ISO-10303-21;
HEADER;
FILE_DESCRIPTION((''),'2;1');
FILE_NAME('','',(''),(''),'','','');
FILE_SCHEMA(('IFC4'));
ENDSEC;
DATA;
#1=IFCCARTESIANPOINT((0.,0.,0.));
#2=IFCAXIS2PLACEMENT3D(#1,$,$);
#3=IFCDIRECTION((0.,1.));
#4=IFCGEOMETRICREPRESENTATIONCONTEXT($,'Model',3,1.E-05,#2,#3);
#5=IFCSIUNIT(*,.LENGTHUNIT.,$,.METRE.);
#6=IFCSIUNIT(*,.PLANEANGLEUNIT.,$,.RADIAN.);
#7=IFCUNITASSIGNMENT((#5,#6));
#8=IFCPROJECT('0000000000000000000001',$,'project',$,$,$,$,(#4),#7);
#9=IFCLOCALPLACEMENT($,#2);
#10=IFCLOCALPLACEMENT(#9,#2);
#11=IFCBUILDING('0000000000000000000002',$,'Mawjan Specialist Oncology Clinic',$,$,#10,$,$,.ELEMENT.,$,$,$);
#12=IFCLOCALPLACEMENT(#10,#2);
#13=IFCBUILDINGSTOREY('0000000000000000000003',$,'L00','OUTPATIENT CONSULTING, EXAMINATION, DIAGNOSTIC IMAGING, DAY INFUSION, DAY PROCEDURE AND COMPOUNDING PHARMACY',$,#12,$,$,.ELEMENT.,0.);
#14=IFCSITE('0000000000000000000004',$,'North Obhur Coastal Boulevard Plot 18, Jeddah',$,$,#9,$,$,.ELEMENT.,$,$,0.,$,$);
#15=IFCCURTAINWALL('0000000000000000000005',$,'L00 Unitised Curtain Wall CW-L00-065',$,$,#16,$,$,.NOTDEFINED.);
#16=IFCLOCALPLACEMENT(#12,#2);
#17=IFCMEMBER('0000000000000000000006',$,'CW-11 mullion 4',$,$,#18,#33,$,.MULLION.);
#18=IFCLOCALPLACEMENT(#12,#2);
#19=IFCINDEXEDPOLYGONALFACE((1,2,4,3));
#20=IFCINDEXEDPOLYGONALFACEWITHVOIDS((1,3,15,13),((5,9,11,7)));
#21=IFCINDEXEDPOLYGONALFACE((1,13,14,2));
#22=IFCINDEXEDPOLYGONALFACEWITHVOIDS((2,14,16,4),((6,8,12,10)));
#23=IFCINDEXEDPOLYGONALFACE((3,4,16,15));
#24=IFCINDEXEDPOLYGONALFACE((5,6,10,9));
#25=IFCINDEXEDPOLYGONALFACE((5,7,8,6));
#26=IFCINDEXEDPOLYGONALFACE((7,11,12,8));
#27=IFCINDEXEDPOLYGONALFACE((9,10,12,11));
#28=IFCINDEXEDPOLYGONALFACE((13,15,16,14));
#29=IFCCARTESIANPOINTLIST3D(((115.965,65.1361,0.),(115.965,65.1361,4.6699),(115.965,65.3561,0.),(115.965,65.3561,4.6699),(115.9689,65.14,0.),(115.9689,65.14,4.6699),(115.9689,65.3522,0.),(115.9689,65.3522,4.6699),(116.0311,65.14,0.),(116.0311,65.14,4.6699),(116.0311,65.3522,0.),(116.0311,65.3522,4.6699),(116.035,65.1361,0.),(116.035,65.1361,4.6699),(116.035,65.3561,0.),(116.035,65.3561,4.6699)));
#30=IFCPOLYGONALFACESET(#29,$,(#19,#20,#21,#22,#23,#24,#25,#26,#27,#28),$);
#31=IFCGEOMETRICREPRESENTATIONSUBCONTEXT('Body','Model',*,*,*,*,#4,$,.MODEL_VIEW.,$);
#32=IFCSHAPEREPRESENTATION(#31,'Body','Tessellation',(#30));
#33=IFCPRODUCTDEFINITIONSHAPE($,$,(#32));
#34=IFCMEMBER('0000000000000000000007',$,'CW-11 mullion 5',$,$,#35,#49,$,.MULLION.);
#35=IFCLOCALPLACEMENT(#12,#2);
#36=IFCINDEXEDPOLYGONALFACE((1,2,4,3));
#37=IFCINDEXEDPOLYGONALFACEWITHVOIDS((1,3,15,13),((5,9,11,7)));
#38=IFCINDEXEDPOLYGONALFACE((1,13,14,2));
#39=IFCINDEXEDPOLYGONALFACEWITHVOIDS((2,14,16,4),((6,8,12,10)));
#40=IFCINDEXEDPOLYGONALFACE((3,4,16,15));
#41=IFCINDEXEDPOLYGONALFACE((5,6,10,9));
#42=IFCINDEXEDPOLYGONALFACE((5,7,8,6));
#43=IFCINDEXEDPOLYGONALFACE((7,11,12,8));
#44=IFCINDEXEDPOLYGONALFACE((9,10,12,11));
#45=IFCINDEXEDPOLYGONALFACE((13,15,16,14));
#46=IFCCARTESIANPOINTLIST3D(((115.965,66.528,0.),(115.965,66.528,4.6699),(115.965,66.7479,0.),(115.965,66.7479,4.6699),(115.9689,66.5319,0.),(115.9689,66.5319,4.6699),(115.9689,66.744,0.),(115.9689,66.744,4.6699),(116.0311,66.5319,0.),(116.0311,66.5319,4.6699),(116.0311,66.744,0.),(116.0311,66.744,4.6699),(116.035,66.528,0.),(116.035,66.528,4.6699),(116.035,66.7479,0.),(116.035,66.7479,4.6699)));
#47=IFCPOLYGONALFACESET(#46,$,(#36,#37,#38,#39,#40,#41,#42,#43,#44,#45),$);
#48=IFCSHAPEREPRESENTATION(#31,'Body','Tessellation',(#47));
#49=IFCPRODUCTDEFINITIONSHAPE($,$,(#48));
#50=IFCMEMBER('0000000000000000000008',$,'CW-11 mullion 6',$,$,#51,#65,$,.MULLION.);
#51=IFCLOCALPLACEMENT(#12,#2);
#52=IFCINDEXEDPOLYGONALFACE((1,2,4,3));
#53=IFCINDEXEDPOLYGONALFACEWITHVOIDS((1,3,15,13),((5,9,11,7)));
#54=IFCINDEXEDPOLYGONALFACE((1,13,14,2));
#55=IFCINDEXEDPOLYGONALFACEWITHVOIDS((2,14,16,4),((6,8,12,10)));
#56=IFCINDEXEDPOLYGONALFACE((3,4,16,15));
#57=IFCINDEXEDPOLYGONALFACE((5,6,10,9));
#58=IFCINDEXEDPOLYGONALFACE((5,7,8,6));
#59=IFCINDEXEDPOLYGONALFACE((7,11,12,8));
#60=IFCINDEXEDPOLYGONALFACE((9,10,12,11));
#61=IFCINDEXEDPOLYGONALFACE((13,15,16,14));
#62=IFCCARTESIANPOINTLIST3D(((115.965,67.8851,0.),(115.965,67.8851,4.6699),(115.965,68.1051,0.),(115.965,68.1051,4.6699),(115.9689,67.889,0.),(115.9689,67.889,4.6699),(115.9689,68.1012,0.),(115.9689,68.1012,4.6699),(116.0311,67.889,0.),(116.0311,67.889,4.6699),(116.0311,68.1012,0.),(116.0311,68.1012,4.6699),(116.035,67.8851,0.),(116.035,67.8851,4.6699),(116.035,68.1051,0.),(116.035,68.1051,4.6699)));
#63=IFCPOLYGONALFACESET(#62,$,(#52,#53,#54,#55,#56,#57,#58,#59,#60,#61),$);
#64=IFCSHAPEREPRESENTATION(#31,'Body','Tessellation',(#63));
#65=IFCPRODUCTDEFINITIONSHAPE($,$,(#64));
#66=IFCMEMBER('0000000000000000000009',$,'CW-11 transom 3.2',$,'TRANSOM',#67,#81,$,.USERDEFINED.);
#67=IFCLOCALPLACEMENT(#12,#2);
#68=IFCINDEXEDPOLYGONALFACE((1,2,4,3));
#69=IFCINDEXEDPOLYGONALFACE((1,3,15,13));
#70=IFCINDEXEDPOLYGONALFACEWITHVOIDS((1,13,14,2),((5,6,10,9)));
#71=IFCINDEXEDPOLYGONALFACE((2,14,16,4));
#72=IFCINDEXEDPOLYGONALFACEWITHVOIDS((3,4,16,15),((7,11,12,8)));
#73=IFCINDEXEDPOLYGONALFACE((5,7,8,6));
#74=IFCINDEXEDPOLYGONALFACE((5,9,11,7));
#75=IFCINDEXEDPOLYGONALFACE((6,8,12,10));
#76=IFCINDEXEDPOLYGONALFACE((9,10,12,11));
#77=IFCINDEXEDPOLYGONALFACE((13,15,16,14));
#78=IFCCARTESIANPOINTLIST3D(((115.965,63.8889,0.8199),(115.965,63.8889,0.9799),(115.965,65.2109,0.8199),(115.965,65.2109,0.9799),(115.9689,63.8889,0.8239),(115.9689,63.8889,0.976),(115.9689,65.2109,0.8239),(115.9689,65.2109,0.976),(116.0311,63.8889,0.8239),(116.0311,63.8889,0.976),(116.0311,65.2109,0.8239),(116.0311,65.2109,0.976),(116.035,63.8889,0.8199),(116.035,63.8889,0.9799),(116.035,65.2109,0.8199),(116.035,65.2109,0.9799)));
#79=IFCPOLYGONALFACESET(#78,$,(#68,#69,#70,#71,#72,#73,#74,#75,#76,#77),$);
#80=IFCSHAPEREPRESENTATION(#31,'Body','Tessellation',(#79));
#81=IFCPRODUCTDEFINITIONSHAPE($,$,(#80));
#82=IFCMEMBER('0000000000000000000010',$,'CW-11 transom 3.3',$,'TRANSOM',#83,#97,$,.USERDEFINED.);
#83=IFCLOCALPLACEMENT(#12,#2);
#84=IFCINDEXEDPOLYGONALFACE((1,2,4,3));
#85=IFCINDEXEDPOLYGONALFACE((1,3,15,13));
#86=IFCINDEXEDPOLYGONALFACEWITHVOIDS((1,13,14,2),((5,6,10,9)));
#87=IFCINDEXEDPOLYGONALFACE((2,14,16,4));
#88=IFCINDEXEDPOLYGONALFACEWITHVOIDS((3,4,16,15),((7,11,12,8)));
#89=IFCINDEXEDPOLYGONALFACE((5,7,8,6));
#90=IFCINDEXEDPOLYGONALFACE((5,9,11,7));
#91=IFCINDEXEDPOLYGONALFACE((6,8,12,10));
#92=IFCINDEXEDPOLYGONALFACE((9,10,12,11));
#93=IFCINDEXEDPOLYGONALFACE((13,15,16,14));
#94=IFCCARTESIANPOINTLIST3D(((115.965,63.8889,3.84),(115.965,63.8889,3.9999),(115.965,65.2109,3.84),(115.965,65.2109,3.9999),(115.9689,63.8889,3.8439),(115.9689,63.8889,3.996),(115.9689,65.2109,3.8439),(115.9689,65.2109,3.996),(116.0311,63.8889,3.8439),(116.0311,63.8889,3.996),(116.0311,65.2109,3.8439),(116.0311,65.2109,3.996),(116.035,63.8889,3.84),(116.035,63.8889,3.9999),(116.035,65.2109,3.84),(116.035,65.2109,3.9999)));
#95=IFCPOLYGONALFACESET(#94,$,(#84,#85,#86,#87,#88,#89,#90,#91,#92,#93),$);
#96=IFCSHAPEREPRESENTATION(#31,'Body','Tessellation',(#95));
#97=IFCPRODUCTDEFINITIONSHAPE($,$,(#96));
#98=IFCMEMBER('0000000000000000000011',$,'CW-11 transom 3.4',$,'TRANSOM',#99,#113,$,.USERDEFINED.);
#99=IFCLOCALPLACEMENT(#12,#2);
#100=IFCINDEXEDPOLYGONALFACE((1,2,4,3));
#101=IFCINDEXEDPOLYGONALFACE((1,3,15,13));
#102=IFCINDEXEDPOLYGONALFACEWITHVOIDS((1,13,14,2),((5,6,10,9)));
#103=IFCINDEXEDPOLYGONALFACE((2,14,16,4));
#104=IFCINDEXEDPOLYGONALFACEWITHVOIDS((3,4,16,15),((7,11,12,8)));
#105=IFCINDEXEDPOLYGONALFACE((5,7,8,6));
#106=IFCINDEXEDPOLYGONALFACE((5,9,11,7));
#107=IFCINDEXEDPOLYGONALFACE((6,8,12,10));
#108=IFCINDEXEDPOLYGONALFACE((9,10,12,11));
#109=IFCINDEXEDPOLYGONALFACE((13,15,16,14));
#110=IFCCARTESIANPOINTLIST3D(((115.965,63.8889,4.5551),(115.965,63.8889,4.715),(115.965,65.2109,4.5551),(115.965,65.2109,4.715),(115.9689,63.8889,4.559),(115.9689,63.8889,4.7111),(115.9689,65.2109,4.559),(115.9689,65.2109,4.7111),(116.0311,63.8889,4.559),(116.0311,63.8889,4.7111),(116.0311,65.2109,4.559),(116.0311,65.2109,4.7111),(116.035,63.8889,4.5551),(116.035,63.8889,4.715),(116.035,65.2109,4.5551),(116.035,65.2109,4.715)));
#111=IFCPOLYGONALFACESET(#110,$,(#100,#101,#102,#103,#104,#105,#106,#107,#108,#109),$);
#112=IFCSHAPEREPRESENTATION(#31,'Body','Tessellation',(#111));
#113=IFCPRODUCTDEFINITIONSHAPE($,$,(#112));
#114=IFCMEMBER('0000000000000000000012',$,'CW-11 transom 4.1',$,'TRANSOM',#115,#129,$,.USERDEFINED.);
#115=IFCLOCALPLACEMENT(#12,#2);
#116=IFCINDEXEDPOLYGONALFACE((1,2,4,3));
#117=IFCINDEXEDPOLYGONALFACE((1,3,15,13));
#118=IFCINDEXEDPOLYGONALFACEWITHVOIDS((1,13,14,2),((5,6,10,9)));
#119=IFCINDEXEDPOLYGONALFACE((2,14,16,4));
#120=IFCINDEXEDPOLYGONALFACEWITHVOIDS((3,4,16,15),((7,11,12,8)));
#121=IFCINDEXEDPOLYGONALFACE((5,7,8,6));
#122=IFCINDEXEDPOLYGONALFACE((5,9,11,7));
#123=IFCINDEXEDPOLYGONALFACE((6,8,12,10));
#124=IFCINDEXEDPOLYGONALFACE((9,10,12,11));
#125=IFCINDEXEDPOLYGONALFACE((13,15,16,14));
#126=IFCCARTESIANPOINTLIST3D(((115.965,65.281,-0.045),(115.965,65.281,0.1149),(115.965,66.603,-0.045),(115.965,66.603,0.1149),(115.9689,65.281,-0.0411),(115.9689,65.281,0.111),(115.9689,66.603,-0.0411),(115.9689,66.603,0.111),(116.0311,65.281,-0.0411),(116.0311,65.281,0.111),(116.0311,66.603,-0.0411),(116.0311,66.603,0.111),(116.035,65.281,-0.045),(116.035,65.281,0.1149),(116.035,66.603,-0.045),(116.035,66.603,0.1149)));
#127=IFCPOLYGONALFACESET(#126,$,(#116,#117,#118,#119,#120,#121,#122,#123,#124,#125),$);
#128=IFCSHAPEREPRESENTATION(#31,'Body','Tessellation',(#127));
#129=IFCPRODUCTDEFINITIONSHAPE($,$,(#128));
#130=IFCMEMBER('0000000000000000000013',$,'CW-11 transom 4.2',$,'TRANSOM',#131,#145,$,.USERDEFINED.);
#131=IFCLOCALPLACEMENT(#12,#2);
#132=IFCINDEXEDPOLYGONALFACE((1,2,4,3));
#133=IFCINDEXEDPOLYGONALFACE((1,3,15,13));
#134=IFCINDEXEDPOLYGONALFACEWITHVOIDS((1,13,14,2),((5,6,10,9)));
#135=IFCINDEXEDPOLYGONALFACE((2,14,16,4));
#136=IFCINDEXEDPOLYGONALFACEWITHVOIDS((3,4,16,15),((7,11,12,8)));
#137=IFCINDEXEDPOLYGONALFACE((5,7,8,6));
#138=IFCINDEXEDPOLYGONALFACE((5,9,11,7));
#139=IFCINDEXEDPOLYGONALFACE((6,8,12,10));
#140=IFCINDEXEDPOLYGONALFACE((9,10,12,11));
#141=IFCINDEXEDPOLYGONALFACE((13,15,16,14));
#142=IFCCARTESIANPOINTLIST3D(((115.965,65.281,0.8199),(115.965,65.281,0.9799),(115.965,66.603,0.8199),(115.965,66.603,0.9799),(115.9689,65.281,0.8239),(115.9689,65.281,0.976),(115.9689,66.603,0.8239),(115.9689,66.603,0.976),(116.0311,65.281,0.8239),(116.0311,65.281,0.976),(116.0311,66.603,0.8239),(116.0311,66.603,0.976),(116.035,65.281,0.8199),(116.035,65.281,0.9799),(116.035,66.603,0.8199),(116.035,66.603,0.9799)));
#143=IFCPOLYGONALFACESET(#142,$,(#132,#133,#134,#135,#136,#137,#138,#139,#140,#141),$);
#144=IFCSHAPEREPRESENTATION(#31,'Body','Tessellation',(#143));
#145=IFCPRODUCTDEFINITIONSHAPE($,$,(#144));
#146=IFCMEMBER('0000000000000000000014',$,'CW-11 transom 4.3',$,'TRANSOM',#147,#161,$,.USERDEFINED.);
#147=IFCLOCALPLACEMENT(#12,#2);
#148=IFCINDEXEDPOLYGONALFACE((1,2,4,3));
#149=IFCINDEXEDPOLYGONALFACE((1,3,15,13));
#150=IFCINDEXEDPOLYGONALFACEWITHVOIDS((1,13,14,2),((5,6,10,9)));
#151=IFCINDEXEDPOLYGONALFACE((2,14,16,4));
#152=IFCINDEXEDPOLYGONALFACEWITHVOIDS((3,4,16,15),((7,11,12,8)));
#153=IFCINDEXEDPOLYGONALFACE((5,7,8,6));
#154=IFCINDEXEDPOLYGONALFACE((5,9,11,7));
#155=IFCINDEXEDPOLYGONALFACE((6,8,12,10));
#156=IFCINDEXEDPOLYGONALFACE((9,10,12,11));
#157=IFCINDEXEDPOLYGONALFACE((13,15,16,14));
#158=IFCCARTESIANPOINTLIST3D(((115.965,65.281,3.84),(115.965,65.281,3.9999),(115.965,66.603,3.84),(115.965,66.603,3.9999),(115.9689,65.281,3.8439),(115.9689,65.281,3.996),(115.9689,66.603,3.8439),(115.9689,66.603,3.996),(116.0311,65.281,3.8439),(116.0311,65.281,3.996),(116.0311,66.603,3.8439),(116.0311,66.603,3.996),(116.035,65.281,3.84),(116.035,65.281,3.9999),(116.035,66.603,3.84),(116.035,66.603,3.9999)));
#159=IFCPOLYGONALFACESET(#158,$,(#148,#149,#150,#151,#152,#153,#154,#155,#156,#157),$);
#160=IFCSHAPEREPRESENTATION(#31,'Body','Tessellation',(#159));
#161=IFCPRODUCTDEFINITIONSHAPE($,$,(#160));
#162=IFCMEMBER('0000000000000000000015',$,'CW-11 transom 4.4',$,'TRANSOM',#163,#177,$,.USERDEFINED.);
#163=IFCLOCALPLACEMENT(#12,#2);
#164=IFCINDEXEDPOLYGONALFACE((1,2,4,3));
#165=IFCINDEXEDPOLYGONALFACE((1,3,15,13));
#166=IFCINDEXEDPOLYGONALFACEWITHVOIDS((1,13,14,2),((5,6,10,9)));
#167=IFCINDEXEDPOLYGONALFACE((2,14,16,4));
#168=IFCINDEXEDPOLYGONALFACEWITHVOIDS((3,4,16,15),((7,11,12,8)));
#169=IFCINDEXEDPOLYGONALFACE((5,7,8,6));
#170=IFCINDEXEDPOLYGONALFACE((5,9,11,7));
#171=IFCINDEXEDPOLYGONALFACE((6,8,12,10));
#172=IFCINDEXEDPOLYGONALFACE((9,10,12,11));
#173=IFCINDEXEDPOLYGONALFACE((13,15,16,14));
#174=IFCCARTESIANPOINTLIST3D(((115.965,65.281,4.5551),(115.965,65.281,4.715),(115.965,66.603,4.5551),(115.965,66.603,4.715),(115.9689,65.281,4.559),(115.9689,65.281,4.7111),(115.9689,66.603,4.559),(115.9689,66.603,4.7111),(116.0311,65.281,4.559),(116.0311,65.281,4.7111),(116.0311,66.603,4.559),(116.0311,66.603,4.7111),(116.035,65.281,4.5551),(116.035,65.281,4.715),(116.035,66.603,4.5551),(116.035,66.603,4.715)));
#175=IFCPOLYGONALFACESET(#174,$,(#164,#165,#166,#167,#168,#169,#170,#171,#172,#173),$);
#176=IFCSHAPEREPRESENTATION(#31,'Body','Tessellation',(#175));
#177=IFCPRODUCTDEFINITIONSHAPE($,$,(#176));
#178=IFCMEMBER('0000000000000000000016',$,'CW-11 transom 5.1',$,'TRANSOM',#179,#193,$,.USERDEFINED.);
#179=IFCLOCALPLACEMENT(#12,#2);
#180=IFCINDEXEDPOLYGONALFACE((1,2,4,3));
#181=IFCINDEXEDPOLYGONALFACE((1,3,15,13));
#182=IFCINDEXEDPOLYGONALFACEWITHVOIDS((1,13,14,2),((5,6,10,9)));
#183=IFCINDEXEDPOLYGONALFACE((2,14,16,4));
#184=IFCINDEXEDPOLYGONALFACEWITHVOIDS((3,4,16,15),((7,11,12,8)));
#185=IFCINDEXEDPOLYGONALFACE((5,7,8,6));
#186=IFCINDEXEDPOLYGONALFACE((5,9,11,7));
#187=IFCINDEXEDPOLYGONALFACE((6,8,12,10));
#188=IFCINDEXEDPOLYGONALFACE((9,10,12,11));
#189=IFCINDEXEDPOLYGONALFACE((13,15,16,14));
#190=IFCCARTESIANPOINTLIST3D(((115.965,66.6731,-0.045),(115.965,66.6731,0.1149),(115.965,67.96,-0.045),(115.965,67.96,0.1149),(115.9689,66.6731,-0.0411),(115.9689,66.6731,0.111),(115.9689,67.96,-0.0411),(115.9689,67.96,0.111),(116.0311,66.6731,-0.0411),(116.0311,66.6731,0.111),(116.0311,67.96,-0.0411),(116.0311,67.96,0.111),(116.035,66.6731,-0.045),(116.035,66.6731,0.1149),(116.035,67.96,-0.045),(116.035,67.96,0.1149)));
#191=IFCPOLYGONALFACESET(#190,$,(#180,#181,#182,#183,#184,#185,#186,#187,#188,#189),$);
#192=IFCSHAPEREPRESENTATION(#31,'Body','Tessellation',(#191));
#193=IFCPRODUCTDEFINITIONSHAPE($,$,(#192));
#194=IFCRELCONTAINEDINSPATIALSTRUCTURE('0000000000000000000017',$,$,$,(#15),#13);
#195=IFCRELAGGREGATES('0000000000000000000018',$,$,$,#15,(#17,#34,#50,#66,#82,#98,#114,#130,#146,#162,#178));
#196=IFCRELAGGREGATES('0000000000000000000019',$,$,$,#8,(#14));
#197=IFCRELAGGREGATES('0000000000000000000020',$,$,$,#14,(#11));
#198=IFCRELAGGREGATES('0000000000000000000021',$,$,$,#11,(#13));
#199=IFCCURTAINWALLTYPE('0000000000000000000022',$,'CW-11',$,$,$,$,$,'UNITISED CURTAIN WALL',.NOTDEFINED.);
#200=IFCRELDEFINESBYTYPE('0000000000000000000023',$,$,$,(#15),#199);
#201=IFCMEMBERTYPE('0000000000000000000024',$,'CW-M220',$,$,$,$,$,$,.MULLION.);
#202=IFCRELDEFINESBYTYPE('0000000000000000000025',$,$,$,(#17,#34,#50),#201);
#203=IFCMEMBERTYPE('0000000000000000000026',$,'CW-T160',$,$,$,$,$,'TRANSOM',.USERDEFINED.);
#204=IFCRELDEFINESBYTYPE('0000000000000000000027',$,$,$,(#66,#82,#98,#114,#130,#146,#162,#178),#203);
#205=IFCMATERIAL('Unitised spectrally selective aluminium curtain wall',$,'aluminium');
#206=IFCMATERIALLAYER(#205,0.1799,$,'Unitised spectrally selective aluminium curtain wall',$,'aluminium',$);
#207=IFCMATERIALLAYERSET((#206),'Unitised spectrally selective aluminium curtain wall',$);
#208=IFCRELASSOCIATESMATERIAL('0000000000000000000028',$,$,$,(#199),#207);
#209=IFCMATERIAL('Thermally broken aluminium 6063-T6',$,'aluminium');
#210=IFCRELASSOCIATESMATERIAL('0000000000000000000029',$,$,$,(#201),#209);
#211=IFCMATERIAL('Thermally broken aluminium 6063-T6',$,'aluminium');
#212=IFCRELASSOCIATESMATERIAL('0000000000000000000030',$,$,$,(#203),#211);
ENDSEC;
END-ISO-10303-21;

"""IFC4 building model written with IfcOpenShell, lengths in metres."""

from ifc_helpers import new_model, si_unit, direction, frame, origin, origin_2d, place, context, subcontext, project, spatial, hollow_rectangle, extrude, material, layer, layer_set, material_profile, profile_set, type_object, element, aggregate, save


model = new_model("IFC4")

# Units and contexts
model_context = context("Model", 3, precision=1e-05, world=origin(), true_north=direction((0.0, 1.0)))
body_context = subcontext(model_context, "Body", "Model", "MODEL_VIEW")
ifc_project = project(units=[si_unit("LENGTHUNIT", "METRE"), si_unit("PLANEANGLEUNIT", "RADIAN")], contexts=[model_context])

# Site, building, storey
site_placement = place(None, origin())
site = spatial("IfcSite", under=ifc_project, at=site_placement, Name="North Obhur Coastal Boulevard Plot 18, Jeddah", CompositionType="ELEMENT", RefElevation=0.0)
building_placement = place(site_placement, origin())
building = spatial("IfcBuilding", under=site, at=building_placement, Name="Mawjan Specialist Oncology Clinic", CompositionType="ELEMENT")
storey_placement = place(building_placement, origin())
storey = spatial("IfcBuildingStorey", under=building, at=storey_placement, Name="L00", Description="OUTPATIENT CONSULTING, EXAMINATION, DIAGNOSTIC IMAGING, DAY INFUSION, DAY PROCEDURE AND COMPOUNDING PHARMACY", CompositionType="ELEMENT", Elevation=0.0)

# Curtain wall, members
ifc_material_1 = material(Name="Unitised spectrally selective aluminium curtain wall", Category="aluminium")
ifc_layer_1 = layer(ifc_material_1, 0.1799, Name="Unitised spectrally selective aluminium curtain wall", Category="aluminium")
ifc_layer_set_1 = layer_set([ifc_layer_1], Name="Unitised spectrally selective aluminium curtain wall")
curtain_wall_type = type_object("IfcCurtainWallType", Name="CW-11", ElementType="UNITISED CURTAIN WALL", PredefinedType="NOTDEFINED", material=ifc_layer_set_1)
curtain_wall_placement = place(storey_placement, origin())
curtain_wall = element("IfcCurtainWall", 1, at=curtain_wall_placement, inside=storey, type_object=curtain_wall_type, Name="L00 Unitised Curtain Wall CW-L00-065", PredefinedType="NOTDEFINED")
ifc_material_2 = material(Name="Thermally broken aluminium 6063-T6", Category="aluminium")
ifc_material_profile_1 = material_profile(ifc_material_2, hollow_rectangle(XDim=0.0701, YDim=0.22, WallThickness=0.0039, at=origin_2d()), Name="ALU MULLION 220x70x4", Category="aluminium")
ifc_profile_set_1 = profile_set([ifc_material_profile_1], Name="Thermally broken aluminium 6063-T6")
member_type_1 = type_object("IfcMemberType", Name="CW-M220", PredefinedType="MULLION", material=ifc_profile_set_1)
member_1_placement = place(storey_placement, frame((116.0, 65.2461, 0.0), z_axis=(0.0, 0.0, 1.0), x_axis=(-1.0, 0.0, 0.0)))
member_1 = element("IfcMember", 2, at=member_1_placement, type_object=member_type_1, Name="CW-11 mullion 4", PredefinedType="MULLION", context=body_context, shape_type="SweptSolid", body=[
    extrude(hollow_rectangle(XDim=0.0701, YDim=0.22, WallThickness=0.0039, at=origin_2d()), origin(), (0.0, 0.0, 1.0), 4.6699),
])
member_2_placement = place(storey_placement, frame((116.0, 66.6379, 0.0), z_axis=(0.0, 0.0, 1.0), x_axis=(-1.0, 0.0, 0.0)))
member_2 = element("IfcMember", 3, at=member_2_placement, type_object=member_type_1, Name="CW-11 mullion 5", PredefinedType="MULLION", context=body_context, shape_type="SweptSolid", body=[
    extrude(hollow_rectangle(XDim=0.0701, YDim=0.22, WallThickness=0.0039, at=origin_2d()), origin(), (0.0, 0.0, 1.0), 4.6699),
])
member_3_placement = place(storey_placement, frame((116.0, 67.9951, 0.0), z_axis=(0.0, 0.0, 1.0), x_axis=(-1.0, 0.0, 0.0)))
member_3 = element("IfcMember", 4, at=member_3_placement, type_object=member_type_1, Name="CW-11 mullion 6", PredefinedType="MULLION", context=body_context, shape_type="SweptSolid", body=[
    extrude(hollow_rectangle(XDim=0.0701, YDim=0.22, WallThickness=0.0039, at=origin_2d()), origin(), (0.0, 0.0, 1.0), 4.6699),
])
ifc_material_3 = material(Name="Thermally broken aluminium 6063-T6", Category="aluminium")
ifc_material_profile_2 = material_profile(ifc_material_3, hollow_rectangle(XDim=0.0701, YDim=0.1599, WallThickness=0.0039, at=origin_2d()), Name="ALU TRANSOM 160x70x4", Category="aluminium")
ifc_profile_set_2 = profile_set([ifc_material_profile_2], Name="Thermally broken aluminium 6063-T6")
member_type_2 = type_object("IfcMemberType", Name="CW-T160", ElementType="TRANSOM", PredefinedType="USERDEFINED", material=ifc_profile_set_2)
member_4_placement = place(storey_placement, frame((116.0, 63.8889, 0.8999), z_axis=(0.0, 1.0, 0.0), x_axis=(-1.0, 0.0, 0.0)))
member_4 = element("IfcMember", 5, at=member_4_placement, type_object=member_type_2, Name="CW-11 transom 3.2", ObjectType="TRANSOM", PredefinedType="USERDEFINED", context=body_context, shape_type="SweptSolid", body=[
    extrude(hollow_rectangle(XDim=0.0701, YDim=0.1599, WallThickness=0.0039, at=origin_2d()), origin(), (0.0, 0.0, 1.0), 1.322),
])
member_5_placement = place(storey_placement, frame((116.0, 63.8889, 3.9199), z_axis=(0.0, 1.0, 0.0), x_axis=(-1.0, 0.0, 0.0)))
member_5 = element("IfcMember", 6, at=member_5_placement, type_object=member_type_2, Name="CW-11 transom 3.3", ObjectType="TRANSOM", PredefinedType="USERDEFINED", context=body_context, shape_type="SweptSolid", body=[
    extrude(hollow_rectangle(XDim=0.0701, YDim=0.1599, WallThickness=0.0039, at=origin_2d()), origin(), (0.0, 0.0, 1.0), 1.322),
])
member_6_placement = place(storey_placement, frame((116.0, 63.8889, 4.635), z_axis=(0.0, 1.0, 0.0), x_axis=(-1.0, 0.0, 0.0)))
member_6 = element("IfcMember", 7, at=member_6_placement, type_object=member_type_2, Name="CW-11 transom 3.4", ObjectType="TRANSOM", PredefinedType="USERDEFINED", context=body_context, shape_type="SweptSolid", body=[
    extrude(hollow_rectangle(XDim=0.0701, YDim=0.1599, WallThickness=0.0039, at=origin_2d()), origin(), (0.0, 0.0, 1.0), 1.322),
])
member_7_placement = place(storey_placement, frame((116.0, 65.281, 0.0349), z_axis=(0.0, 1.0, 0.0), x_axis=(-1.0, 0.0, 0.0)))
member_7 = element("IfcMember", 8, at=member_7_placement, type_object=member_type_2, Name="CW-11 transom 4.1", ObjectType="TRANSOM", PredefinedType="USERDEFINED", context=body_context, shape_type="SweptSolid", body=[
    extrude(hollow_rectangle(XDim=0.0701, YDim=0.1599, WallThickness=0.0039, at=origin_2d()), origin(), (0.0, 0.0, 1.0), 1.322),
])
member_8_placement = place(storey_placement, frame((116.0, 65.281, 0.8999), z_axis=(0.0, 1.0, 0.0), x_axis=(-1.0, 0.0, 0.0)))
member_8 = element("IfcMember", 9, at=member_8_placement, type_object=member_type_2, Name="CW-11 transom 4.2", ObjectType="TRANSOM", PredefinedType="USERDEFINED", context=body_context, shape_type="SweptSolid", body=[
    extrude(hollow_rectangle(XDim=0.0701, YDim=0.1599, WallThickness=0.0039, at=origin_2d()), origin(), (0.0, 0.0, 1.0), 1.322),
])
member_9_placement = place(storey_placement, frame((116.0, 65.281, 3.9199), z_axis=(0.0, 1.0, 0.0), x_axis=(-1.0, 0.0, 0.0)))
member_9 = element("IfcMember", 10, at=member_9_placement, type_object=member_type_2, Name="CW-11 transom 4.3", ObjectType="TRANSOM", PredefinedType="USERDEFINED", context=body_context, shape_type="SweptSolid", body=[
    extrude(hollow_rectangle(XDim=0.0701, YDim=0.1599, WallThickness=0.0039, at=origin_2d()), origin(), (0.0, 0.0, 1.0), 1.322),
])
member_10_placement = place(storey_placement, frame((116.0, 65.281, 4.635), z_axis=(0.0, 1.0, 0.0), x_axis=(-1.0, 0.0, 0.0)))
member_10 = element("IfcMember", 11, at=member_10_placement, type_object=member_type_2, Name="CW-11 transom 4.4", ObjectType="TRANSOM", PredefinedType="USERDEFINED", context=body_context, shape_type="SweptSolid", body=[
    extrude(hollow_rectangle(XDim=0.0701, YDim=0.1599, WallThickness=0.0039, at=origin_2d()), origin(), (0.0, 0.0, 1.0), 1.322),
])
member_11_placement = place(storey_placement, frame((116.0, 66.6731, 0.0349), z_axis=(0.0, 1.0, 0.0), x_axis=(-1.0, 0.0, 0.0)))
member_11 = element("IfcMember", 12, at=member_11_placement, type_object=member_type_2, Name="CW-11 transom 5.1", ObjectType="TRANSOM", PredefinedType="USERDEFINED", context=body_context, shape_type="SweptSolid", body=[
    extrude(hollow_rectangle(XDim=0.0701, YDim=0.1599, WallThickness=0.0039, at=origin_2d()), origin(), (0.0, 0.0, 1.0), 1.2869),
])
aggregate(curtain_wall, [member_1, member_2, member_3, member_4, member_5, member_6, member_7, member_8, member_9, member_10, member_11])

save(model, "model.ifc")
